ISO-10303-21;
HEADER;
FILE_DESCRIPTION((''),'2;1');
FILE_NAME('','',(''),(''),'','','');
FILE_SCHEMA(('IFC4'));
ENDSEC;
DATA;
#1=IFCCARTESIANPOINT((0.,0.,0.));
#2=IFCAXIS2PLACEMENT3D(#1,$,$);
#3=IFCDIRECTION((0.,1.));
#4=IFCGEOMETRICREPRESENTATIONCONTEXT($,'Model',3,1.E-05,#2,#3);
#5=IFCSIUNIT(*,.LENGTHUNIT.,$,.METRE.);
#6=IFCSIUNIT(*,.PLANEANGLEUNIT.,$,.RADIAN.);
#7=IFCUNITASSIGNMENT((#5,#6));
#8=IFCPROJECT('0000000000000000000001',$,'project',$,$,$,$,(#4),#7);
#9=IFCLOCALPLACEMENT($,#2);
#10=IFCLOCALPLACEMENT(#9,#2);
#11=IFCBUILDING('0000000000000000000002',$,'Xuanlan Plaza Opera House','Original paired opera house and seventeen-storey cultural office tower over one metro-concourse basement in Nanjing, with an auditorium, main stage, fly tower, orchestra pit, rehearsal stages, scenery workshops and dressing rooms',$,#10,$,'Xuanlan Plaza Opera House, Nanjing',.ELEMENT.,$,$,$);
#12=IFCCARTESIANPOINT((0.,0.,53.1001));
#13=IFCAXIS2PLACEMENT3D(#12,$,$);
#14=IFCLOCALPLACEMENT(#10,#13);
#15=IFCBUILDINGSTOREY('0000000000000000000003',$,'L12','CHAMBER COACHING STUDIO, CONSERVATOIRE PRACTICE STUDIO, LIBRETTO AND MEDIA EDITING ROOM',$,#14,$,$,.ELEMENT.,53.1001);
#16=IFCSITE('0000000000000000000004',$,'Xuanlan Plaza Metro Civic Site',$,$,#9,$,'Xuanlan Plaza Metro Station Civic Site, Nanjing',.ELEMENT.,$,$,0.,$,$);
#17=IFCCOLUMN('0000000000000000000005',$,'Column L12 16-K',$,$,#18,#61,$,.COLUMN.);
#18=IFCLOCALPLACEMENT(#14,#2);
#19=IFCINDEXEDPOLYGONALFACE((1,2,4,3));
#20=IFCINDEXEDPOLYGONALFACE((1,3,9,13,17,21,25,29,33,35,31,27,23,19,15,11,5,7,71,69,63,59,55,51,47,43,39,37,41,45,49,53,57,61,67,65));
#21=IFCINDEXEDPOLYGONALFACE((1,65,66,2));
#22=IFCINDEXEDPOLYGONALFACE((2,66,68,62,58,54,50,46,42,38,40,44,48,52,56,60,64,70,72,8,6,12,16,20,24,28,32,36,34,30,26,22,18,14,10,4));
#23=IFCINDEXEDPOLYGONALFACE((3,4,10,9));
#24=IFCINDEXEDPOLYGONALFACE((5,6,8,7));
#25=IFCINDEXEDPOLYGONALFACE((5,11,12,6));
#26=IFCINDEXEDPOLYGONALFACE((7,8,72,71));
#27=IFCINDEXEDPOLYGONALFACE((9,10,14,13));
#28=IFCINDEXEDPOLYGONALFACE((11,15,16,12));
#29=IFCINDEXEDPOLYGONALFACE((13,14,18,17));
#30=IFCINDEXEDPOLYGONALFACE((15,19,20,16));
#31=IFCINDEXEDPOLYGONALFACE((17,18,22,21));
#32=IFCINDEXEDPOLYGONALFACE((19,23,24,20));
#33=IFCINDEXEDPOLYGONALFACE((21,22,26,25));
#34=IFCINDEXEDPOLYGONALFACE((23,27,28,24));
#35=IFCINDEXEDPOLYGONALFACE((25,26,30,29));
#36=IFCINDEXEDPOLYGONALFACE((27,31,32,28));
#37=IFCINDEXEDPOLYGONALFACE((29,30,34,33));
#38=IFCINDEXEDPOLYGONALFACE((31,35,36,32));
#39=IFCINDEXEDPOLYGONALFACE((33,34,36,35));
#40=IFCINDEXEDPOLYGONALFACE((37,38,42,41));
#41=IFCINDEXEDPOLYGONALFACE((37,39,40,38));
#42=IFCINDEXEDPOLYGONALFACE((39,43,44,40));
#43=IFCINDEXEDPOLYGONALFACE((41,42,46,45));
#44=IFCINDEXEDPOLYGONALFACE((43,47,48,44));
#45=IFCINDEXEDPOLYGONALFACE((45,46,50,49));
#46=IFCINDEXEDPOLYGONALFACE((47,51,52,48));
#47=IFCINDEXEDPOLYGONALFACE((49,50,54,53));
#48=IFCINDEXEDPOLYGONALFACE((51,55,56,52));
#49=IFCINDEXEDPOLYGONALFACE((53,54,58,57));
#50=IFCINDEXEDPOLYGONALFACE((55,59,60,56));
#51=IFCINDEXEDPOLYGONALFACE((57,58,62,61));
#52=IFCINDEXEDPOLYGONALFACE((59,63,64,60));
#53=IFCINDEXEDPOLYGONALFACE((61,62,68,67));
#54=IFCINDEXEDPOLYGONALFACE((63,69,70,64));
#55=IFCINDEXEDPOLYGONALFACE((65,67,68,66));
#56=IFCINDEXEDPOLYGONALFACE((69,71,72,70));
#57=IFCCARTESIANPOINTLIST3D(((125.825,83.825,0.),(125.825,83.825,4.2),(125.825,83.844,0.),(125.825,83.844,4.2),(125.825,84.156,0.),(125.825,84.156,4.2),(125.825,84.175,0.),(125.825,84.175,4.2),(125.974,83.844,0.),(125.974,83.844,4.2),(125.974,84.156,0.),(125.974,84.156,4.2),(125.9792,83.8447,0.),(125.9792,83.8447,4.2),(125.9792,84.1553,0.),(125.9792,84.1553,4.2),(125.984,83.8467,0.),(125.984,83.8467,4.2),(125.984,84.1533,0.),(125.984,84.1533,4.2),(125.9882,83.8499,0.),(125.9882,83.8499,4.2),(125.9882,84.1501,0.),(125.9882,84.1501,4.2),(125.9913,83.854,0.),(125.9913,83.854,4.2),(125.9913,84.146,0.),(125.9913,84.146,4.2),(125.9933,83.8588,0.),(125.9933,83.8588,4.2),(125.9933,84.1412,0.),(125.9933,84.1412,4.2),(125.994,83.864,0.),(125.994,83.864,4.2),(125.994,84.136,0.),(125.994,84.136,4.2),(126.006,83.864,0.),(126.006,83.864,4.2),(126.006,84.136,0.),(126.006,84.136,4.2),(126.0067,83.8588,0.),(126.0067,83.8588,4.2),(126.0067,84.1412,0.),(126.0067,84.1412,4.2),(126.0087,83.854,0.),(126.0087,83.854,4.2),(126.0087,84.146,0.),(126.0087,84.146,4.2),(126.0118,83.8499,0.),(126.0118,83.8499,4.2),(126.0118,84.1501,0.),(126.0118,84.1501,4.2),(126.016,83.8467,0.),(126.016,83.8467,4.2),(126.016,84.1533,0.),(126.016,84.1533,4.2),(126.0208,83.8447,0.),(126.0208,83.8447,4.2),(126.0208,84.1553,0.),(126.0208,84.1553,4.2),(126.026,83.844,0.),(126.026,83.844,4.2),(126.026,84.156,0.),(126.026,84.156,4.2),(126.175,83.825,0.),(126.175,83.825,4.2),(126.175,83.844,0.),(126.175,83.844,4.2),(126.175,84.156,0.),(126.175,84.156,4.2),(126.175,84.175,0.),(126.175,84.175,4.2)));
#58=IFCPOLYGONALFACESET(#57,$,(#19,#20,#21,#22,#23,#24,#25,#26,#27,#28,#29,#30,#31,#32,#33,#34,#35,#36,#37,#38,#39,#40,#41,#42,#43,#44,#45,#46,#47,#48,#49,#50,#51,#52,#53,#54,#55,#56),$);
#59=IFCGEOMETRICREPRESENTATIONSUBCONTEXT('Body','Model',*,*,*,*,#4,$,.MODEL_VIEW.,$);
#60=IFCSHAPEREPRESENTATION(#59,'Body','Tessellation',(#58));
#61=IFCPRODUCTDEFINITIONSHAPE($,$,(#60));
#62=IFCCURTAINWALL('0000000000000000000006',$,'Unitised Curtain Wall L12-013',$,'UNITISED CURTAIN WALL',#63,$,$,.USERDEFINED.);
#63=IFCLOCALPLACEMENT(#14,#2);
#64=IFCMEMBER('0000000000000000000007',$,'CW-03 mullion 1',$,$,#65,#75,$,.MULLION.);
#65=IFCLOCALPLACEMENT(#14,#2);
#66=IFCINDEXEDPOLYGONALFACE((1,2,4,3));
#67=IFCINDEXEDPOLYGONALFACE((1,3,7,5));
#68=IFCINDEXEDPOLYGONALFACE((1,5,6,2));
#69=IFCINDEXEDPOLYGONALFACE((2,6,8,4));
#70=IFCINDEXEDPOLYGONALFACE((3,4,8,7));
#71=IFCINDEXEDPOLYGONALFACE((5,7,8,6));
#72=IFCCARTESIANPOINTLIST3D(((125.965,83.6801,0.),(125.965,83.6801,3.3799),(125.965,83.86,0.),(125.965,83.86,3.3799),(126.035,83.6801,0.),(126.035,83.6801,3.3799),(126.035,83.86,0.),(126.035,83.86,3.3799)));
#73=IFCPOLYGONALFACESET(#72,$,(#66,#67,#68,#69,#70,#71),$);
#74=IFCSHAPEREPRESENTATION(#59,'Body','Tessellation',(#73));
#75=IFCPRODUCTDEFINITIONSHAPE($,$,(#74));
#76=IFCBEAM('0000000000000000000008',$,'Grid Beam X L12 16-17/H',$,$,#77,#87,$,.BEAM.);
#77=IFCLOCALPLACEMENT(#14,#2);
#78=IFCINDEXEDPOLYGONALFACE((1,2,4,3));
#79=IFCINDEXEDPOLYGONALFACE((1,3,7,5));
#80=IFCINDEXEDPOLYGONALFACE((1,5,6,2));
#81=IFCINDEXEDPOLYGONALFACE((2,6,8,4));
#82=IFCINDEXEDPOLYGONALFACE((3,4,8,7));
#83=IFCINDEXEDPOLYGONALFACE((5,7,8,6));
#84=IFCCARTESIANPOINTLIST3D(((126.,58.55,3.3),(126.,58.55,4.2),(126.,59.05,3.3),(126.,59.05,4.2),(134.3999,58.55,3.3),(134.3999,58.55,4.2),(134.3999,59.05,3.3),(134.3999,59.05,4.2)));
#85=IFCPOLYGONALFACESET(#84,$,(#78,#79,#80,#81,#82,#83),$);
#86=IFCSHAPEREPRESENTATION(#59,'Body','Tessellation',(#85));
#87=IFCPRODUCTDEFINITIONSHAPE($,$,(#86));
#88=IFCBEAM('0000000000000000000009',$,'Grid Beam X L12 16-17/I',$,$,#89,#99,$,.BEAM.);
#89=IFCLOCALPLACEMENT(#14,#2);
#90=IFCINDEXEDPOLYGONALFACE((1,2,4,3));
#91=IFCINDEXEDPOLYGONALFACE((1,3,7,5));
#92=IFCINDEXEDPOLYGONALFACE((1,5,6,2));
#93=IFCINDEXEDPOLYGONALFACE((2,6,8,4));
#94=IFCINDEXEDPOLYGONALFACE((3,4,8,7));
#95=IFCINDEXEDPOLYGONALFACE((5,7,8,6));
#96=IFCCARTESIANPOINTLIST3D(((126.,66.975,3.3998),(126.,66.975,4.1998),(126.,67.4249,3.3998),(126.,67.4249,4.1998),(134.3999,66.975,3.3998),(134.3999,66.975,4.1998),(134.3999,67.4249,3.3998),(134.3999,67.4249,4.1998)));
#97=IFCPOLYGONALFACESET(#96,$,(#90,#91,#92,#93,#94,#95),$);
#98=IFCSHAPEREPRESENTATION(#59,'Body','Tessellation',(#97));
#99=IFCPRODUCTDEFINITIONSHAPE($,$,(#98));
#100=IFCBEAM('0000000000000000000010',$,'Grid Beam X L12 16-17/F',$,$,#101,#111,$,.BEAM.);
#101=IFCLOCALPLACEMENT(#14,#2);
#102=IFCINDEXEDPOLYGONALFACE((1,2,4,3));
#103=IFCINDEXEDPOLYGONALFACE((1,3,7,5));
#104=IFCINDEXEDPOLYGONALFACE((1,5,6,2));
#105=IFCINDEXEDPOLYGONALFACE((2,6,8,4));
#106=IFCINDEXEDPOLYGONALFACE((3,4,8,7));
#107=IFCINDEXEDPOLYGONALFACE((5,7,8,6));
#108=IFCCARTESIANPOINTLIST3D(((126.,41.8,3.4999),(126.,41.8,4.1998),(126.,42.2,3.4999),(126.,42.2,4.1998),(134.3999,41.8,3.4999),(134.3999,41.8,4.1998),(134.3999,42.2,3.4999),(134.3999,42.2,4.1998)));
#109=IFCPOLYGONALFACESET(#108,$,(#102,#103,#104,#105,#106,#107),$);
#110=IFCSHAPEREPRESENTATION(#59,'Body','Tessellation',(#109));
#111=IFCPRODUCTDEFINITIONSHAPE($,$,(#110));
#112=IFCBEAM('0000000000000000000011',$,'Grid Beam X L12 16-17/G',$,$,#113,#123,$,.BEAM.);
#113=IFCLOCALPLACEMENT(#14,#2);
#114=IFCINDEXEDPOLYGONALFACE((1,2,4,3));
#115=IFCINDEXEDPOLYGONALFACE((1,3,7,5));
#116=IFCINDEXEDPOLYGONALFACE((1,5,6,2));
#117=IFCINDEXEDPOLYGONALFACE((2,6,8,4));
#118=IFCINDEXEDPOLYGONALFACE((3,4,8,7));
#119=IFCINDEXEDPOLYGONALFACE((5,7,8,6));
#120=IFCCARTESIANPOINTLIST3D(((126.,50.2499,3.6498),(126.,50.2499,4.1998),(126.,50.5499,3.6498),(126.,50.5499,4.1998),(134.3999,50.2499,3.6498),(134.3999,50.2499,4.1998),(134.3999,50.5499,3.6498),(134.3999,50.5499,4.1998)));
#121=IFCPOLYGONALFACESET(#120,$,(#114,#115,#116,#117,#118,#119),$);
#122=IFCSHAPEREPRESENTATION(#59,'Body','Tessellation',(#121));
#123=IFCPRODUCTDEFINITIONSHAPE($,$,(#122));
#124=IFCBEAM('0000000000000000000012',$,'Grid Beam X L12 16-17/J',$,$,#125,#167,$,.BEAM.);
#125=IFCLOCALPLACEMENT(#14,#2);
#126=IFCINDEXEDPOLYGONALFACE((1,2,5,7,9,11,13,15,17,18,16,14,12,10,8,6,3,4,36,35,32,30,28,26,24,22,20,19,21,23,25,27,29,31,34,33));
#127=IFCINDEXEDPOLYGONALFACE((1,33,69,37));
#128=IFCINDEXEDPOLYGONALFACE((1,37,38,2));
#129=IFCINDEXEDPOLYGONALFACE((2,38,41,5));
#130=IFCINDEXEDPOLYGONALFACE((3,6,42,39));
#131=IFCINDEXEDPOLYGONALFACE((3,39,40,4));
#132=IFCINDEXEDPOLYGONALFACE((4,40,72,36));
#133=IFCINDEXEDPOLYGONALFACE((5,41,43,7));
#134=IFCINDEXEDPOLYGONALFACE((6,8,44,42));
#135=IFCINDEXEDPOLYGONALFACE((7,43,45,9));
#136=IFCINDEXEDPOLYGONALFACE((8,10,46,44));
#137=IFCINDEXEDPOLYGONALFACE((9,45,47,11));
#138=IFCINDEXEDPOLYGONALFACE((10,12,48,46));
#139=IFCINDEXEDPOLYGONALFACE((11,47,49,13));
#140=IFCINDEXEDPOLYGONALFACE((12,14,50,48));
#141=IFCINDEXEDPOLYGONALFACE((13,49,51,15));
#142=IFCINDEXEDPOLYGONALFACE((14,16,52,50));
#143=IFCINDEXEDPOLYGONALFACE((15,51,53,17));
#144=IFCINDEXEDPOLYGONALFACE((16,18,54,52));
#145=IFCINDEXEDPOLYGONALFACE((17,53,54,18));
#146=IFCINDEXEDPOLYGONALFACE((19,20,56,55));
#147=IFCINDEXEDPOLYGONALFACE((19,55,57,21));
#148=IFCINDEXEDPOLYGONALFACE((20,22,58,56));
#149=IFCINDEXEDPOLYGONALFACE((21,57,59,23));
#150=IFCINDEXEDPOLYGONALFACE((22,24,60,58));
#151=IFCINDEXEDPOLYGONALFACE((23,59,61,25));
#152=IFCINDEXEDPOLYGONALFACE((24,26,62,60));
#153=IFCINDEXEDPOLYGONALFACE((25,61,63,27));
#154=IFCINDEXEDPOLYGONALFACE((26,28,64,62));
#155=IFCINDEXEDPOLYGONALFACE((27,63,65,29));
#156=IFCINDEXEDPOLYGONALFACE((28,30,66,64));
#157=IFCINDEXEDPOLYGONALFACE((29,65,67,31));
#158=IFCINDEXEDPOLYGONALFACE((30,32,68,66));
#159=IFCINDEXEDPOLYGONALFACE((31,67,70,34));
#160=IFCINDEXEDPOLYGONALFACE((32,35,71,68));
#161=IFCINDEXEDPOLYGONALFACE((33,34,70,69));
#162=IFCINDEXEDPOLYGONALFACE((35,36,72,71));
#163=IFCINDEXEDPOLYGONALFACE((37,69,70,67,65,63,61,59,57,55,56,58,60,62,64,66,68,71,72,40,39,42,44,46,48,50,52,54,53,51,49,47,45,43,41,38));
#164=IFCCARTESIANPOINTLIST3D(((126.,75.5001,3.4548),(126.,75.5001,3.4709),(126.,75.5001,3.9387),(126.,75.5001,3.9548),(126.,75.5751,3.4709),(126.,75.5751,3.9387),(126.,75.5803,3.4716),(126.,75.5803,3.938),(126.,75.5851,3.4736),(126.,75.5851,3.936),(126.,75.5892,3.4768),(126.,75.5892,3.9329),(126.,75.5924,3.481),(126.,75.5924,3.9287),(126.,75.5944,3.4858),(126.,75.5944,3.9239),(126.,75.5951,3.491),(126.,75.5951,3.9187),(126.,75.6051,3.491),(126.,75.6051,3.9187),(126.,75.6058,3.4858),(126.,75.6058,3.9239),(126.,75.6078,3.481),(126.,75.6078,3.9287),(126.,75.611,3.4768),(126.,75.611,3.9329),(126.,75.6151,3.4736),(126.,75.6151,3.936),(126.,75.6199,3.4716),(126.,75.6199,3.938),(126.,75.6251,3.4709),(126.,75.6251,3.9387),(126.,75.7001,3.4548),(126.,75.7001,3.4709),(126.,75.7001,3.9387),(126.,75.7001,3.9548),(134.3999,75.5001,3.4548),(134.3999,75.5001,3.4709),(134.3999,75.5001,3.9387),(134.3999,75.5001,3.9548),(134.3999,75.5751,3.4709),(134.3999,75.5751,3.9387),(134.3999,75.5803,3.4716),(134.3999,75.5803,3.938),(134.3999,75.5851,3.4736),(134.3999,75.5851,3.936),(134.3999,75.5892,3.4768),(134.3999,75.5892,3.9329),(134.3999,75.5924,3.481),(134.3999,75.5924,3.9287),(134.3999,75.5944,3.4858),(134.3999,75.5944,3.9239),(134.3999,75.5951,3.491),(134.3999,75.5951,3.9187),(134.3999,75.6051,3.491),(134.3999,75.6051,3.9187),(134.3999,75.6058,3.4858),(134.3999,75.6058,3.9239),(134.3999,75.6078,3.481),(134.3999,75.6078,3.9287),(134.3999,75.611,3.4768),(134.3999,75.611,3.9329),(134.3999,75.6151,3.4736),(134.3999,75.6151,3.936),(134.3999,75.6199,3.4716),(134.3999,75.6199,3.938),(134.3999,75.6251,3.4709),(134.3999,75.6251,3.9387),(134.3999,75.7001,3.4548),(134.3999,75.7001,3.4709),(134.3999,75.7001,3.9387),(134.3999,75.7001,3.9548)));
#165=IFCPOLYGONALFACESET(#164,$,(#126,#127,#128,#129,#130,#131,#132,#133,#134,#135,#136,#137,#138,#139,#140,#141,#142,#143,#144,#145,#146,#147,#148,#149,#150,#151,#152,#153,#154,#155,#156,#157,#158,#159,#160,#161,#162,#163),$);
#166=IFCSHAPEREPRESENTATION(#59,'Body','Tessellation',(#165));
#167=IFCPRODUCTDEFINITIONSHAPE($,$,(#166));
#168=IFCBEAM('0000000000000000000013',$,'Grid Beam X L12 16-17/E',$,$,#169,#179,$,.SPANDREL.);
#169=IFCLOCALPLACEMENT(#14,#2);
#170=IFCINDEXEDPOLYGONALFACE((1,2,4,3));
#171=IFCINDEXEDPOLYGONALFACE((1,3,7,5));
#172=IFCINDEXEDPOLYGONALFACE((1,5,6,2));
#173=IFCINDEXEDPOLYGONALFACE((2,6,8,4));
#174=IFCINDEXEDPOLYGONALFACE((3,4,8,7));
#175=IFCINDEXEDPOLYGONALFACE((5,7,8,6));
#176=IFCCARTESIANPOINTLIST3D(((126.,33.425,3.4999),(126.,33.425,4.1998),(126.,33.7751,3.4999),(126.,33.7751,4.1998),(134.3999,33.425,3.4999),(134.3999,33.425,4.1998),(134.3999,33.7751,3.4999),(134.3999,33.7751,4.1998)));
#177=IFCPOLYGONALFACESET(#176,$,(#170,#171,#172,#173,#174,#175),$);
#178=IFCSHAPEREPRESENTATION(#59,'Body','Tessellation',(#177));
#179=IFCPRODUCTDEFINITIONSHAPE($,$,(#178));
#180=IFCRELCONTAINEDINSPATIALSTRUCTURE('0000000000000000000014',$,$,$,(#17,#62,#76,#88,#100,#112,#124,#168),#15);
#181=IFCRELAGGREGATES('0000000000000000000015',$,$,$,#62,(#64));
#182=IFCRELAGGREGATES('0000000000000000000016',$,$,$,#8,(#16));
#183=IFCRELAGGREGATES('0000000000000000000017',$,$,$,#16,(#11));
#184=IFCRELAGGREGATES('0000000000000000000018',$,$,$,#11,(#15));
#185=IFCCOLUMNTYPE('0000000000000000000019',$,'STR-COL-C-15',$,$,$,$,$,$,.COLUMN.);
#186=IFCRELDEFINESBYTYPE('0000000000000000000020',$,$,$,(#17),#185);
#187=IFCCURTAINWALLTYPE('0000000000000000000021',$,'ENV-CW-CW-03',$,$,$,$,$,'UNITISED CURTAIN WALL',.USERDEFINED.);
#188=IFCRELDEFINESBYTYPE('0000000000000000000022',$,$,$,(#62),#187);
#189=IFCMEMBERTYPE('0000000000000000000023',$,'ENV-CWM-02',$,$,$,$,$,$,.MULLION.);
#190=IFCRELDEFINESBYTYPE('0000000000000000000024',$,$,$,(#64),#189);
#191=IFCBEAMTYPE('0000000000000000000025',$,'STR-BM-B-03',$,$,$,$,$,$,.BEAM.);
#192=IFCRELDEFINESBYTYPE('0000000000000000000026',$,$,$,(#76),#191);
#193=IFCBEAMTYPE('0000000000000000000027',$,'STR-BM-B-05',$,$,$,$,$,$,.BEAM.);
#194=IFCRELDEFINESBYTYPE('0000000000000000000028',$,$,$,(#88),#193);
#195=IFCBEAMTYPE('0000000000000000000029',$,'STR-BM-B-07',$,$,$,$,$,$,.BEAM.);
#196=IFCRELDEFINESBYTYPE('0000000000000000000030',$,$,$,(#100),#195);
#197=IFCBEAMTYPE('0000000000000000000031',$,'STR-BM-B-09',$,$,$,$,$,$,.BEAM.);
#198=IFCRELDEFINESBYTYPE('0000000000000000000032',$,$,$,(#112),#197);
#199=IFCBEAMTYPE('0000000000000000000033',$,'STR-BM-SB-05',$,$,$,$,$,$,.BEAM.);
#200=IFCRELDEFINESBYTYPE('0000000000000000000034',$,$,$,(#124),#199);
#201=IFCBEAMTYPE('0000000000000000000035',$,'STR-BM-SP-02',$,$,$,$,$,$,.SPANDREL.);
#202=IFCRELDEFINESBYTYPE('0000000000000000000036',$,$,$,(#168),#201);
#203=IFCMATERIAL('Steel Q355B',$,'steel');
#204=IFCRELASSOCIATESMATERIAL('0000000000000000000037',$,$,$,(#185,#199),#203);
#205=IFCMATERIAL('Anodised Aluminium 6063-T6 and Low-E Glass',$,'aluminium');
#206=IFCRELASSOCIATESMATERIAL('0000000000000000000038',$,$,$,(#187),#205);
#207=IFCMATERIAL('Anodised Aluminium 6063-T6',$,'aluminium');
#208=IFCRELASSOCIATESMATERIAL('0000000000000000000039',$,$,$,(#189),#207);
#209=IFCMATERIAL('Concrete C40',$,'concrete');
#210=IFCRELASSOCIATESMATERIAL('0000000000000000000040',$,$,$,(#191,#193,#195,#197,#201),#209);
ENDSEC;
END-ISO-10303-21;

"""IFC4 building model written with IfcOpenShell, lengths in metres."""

from ifc_helpers import new_model, si_unit, direction, frame, origin, origin_2d, place, context, subcontext, project, spatial, rectangle, i_section, extrude, material, material_profile, profile_set, type_object, element, aggregate, save


model = new_model("IFC4")

# Units and contexts
model_context = context("Model", 3, precision=1e-05, world=origin(), true_north=direction((0.0, 1.0)))
body_context = subcontext(model_context, "Body", "Model", "MODEL_VIEW")
ifc_project = project(units=[si_unit("LENGTHUNIT", "METRE"), si_unit("PLANEANGLEUNIT", "RADIAN")], contexts=[model_context])

# Site, building, storey
site_placement = place(None, origin())
site = spatial("IfcSite", under=ifc_project, at=site_placement, Name="Xuanlan Plaza Metro Civic Site", LongName="Xuanlan Plaza Metro Station Civic Site, Nanjing", CompositionType="ELEMENT", RefElevation=0.0)
building_placement = place(site_placement, origin())
building = spatial("IfcBuilding", under=site, at=building_placement, Name="Xuanlan Plaza Opera House", Description="Original paired opera house and seventeen-storey cultural office tower over one metro-concourse basement in Nanjing, with an auditorium, main stage, fly tower, orchestra pit, rehearsal stages, scenery workshops and dressing rooms", LongName="Xuanlan Plaza Opera House, Nanjing", CompositionType="ELEMENT")
storey_placement = place(building_placement, frame((0.0, 0.0, 53.1001)))
storey = spatial("IfcBuildingStorey", under=building, at=storey_placement, Name="L12", Description="CHAMBER COACHING STUDIO, CONSERVATOIRE PRACTICE STUDIO, LIBRETTO AND MEDIA EDITING ROOM", CompositionType="ELEMENT", Elevation=53.1001)

# Column
ifc_material_1 = material(Name="Steel Q355B", Category="steel")
ifc_material_profile_1 = material_profile(ifc_material_1, i_section(OverallWidth=0.3501, OverallDepth=0.3501, WebThickness=0.012, FlangeThickness=0.019, FilletRadius=0.02, at=origin_2d()), Name="HW 350x350x12x19")
ifc_profile_set_1 = profile_set([ifc_material_profile_1], Name="Steel Q355B")
column_type_1 = type_object("IfcColumnType", Name="STR-COL-C-15", PredefinedType="COLUMN", material=ifc_profile_set_1)
for number, where, z_axis, x_axis, name in (
    (1, (126.0, 84.0, 0.0), (0.0, 0.0, 1.0), (1.0, 0.0, 0.0), "Column L12 16-K"),
):
    element("IfcColumn", number, at=place(storey_placement, frame(where, z_axis=z_axis, x_axis=x_axis)), inside=storey, type_object=column_type_1, Name=name, PredefinedType="COLUMN", context=body_context, shape_type="SweptSolid", body=[
        extrude(i_section(OverallWidth=0.3501, OverallDepth=0.3501, WebThickness=0.012, FlangeThickness=0.019, FilletRadius=0.02, at=origin_2d()), origin(), (0.0, 0.0, 1.0), 4.2),
    ])

# Curtain wall, member
ifc_material_2 = material(Name="Anodised Aluminium 6063-T6 and Low-E Glass", Category="aluminium")
curtain_wall_type = type_object("IfcCurtainWallType", Name="ENV-CW-CW-03", ElementType="UNITISED CURTAIN WALL", PredefinedType="USERDEFINED", material=ifc_material_2)
curtain_wall_placement = place(storey_placement, origin())
curtain_wall = element("IfcCurtainWall", 2, at=curtain_wall_placement, inside=storey, type_object=curtain_wall_type, Name="Unitised Curtain Wall L12-013", ObjectType="UNITISED CURTAIN WALL", PredefinedType="USERDEFINED")
ifc_material_3 = material(Name="Anodised Aluminium 6063-T6", Category="aluminium")
ifc_material_profile_2 = material_profile(ifc_material_3, rectangle(XDim=0.0701, YDim=0.1799, at=origin_2d()), Name="ALU-M 70x180")
ifc_profile_set_2 = profile_set([ifc_material_profile_2], Name="Anodised Aluminium 6063-T6")
member_type = type_object("IfcMemberType", Name="ENV-CWM-02", PredefinedType="MULLION", material=ifc_profile_set_2)
member_placement = place(storey_placement, frame((126.0, 83.77, 0.0), z_axis=(0.0, 0.0, 1.0), x_axis=(1.0, 0.0, 0.0)))
member = element("IfcMember", 3, at=member_placement, type_object=member_type, Name="CW-03 mullion 1", PredefinedType="MULLION", context=body_context, shape_type="SweptSolid", body=[
    extrude(rectangle(XDim=0.0701, YDim=0.1799, at=origin_2d()), origin(), (0.0, 0.0, 1.0), 3.3799),
])
aggregate(curtain_wall, [member])

# Beams
ifc_material_4 = material(Name="Concrete C40", Category="concrete")
ifc_material_profile_3 = material_profile(ifc_material_4, rectangle(XDim=0.5, YDim=0.8999, at=origin_2d()), Name="RC-BM 500x900")
ifc_profile_set_3 = profile_set([ifc_material_profile_3], Name="Concrete C40")
beam_type_1 = type_object("IfcBeamType", Name="STR-BM-B-03", PredefinedType="BEAM", material=ifc_profile_set_3)
beam_1_placement = place(storey_placement, frame((126.0, 58.8, 3.75), z_axis=(1.0, 0.0, 0.0), x_axis=(0.0, 1.0, 0.0)))
element("IfcBeam", 4, at=beam_1_placement, inside=storey, type_object=beam_type_1, Name="Grid Beam X L12 16-17/H", PredefinedType="BEAM", context=body_context, shape_type="SweptSolid", body=[
    extrude(rectangle(XDim=0.5, YDim=0.8999, at=origin_2d()), origin(), (0.0, 0.0, 1.0), 8.3999),
])
ifc_material_profile_4 = material_profile(ifc_material_4, rectangle(XDim=0.45, YDim=0.8, at=origin_2d()), Name="RC-BM 450x800")
ifc_profile_set_4 = profile_set([ifc_material_profile_4], Name="Concrete C40")
beam_type_2 = type_object("IfcBeamType", Name="STR-BM-B-05", PredefinedType="BEAM", material=ifc_profile_set_4)
beam_2_placement = place(storey_placement, frame((126.0, 67.2, 3.7998), z_axis=(1.0, 0.0, 0.0), x_axis=(0.0, 1.0, 0.0)))
element("IfcBeam", 5, at=beam_2_placement, inside=storey, type_object=beam_type_2, Name="Grid Beam X L12 16-17/I", PredefinedType="BEAM", context=body_context, shape_type="SweptSolid", body=[
    extrude(rectangle(XDim=0.45, YDim=0.8, at=origin_2d()), origin(), (0.0, 0.0, 1.0), 8.3999),
])
ifc_material_profile_5 = material_profile(ifc_material_4, rectangle(XDim=0.3999, YDim=0.7, at=origin_2d()), Name="RC-BM 400x700")
ifc_profile_set_5 = profile_set([ifc_material_profile_5], Name="Concrete C40")
beam_type_3 = type_object("IfcBeamType", Name="STR-BM-B-07", PredefinedType="BEAM", material=ifc_profile_set_5)
beam_3_placement = place(storey_placement, frame((126.0, 42.0, 3.8499), z_axis=(1.0, 0.0, 0.0), x_axis=(0.0, 1.0, 0.0)))
element("IfcBeam", 6, at=beam_3_placement, inside=storey, type_object=beam_type_3, Name="Grid Beam X L12 16-17/F", PredefinedType="BEAM", context=body_context, shape_type="SweptSolid", body=[
    extrude(rectangle(XDim=0.3999, YDim=0.7, at=origin_2d()), origin(), (0.0, 0.0, 1.0), 8.3999),
])
ifc_material_profile_6 = material_profile(ifc_material_4, rectangle(XDim=0.3, YDim=0.55, at=origin_2d()), Name="RC-BM 300x550")
ifc_profile_set_6 = profile_set([ifc_material_profile_6], Name="Concrete C40")
beam_type_4 = type_object("IfcBeamType", Name="STR-BM-B-09", PredefinedType="BEAM", material=ifc_profile_set_6)
beam_4_placement = place(storey_placement, frame((126.0, 50.3999, 3.9248), z_axis=(1.0, 0.0, 0.0), x_axis=(0.0, 1.0, 0.0)))
element("IfcBeam", 7, at=beam_4_placement, inside=storey, type_object=beam_type_4, Name="Grid Beam X L12 16-17/G", PredefinedType="BEAM", context=body_context, shape_type="SweptSolid", body=[
    extrude(rectangle(XDim=0.3, YDim=0.55, at=origin_2d()), origin(), (0.0, 0.0, 1.0), 8.3999),
])
ifc_material_profile_7 = material_profile(ifc_material_1, i_section(OverallWidth=0.2, OverallDepth=0.5, WebThickness=0.01, FlangeThickness=0.0161, FilletRadius=0.02, at=origin_2d()), Name="HN 500x200x10x16")
ifc_profile_set_7 = profile_set([ifc_material_profile_7], Name="Steel Q355B")
beam_type_5 = type_object("IfcBeamType", Name="STR-BM-SB-05", PredefinedType="BEAM", material=ifc_profile_set_7)
beam_5_placement = place(storey_placement, frame((126.0, 75.6001, 3.7048), z_axis=(1.0, 0.0, 0.0), x_axis=(0.0, 1.0, 0.0)))
element("IfcBeam", 8, at=beam_5_placement, inside=storey, type_object=beam_type_5, Name="Grid Beam X L12 16-17/J", PredefinedType="BEAM", context=body_context, shape_type="SweptSolid", body=[
    extrude(i_section(OverallWidth=0.2, OverallDepth=0.5, WebThickness=0.01, FlangeThickness=0.0161, FilletRadius=0.02, at=origin_2d()), origin(), (0.0, 0.0, 1.0), 8.3999),
])
ifc_material_profile_8 = material_profile(ifc_material_4, rectangle(XDim=0.3501, YDim=0.7, at=origin_2d()), Name="RC-SPD 350x700")
ifc_profile_set_8 = profile_set([ifc_material_profile_8], Name="Concrete C40")
beam_type_6 = type_object("IfcBeamType", Name="STR-BM-SP-02", PredefinedType="SPANDREL", material=ifc_profile_set_8)
for number, where, z_axis, x_axis, name in (
    (9, (126.0, 33.6001, 3.8499), (1.0, 0.0, 0.0), (0.0, 1.0, 0.0), "Grid Beam X L12 16-17/E"),
):
    element("IfcBeam", number, at=place(storey_placement, frame(where, z_axis=z_axis, x_axis=x_axis)), inside=storey, type_object=beam_type_6, Name=name, PredefinedType="SPANDREL", context=body_context, shape_type="SweptSolid", body=[
        extrude(rectangle(XDim=0.3501, YDim=0.7, at=origin_2d()), origin(), (0.0, 0.0, 1.0), 8.3999),
    ])

save(model, "model.ifc")
